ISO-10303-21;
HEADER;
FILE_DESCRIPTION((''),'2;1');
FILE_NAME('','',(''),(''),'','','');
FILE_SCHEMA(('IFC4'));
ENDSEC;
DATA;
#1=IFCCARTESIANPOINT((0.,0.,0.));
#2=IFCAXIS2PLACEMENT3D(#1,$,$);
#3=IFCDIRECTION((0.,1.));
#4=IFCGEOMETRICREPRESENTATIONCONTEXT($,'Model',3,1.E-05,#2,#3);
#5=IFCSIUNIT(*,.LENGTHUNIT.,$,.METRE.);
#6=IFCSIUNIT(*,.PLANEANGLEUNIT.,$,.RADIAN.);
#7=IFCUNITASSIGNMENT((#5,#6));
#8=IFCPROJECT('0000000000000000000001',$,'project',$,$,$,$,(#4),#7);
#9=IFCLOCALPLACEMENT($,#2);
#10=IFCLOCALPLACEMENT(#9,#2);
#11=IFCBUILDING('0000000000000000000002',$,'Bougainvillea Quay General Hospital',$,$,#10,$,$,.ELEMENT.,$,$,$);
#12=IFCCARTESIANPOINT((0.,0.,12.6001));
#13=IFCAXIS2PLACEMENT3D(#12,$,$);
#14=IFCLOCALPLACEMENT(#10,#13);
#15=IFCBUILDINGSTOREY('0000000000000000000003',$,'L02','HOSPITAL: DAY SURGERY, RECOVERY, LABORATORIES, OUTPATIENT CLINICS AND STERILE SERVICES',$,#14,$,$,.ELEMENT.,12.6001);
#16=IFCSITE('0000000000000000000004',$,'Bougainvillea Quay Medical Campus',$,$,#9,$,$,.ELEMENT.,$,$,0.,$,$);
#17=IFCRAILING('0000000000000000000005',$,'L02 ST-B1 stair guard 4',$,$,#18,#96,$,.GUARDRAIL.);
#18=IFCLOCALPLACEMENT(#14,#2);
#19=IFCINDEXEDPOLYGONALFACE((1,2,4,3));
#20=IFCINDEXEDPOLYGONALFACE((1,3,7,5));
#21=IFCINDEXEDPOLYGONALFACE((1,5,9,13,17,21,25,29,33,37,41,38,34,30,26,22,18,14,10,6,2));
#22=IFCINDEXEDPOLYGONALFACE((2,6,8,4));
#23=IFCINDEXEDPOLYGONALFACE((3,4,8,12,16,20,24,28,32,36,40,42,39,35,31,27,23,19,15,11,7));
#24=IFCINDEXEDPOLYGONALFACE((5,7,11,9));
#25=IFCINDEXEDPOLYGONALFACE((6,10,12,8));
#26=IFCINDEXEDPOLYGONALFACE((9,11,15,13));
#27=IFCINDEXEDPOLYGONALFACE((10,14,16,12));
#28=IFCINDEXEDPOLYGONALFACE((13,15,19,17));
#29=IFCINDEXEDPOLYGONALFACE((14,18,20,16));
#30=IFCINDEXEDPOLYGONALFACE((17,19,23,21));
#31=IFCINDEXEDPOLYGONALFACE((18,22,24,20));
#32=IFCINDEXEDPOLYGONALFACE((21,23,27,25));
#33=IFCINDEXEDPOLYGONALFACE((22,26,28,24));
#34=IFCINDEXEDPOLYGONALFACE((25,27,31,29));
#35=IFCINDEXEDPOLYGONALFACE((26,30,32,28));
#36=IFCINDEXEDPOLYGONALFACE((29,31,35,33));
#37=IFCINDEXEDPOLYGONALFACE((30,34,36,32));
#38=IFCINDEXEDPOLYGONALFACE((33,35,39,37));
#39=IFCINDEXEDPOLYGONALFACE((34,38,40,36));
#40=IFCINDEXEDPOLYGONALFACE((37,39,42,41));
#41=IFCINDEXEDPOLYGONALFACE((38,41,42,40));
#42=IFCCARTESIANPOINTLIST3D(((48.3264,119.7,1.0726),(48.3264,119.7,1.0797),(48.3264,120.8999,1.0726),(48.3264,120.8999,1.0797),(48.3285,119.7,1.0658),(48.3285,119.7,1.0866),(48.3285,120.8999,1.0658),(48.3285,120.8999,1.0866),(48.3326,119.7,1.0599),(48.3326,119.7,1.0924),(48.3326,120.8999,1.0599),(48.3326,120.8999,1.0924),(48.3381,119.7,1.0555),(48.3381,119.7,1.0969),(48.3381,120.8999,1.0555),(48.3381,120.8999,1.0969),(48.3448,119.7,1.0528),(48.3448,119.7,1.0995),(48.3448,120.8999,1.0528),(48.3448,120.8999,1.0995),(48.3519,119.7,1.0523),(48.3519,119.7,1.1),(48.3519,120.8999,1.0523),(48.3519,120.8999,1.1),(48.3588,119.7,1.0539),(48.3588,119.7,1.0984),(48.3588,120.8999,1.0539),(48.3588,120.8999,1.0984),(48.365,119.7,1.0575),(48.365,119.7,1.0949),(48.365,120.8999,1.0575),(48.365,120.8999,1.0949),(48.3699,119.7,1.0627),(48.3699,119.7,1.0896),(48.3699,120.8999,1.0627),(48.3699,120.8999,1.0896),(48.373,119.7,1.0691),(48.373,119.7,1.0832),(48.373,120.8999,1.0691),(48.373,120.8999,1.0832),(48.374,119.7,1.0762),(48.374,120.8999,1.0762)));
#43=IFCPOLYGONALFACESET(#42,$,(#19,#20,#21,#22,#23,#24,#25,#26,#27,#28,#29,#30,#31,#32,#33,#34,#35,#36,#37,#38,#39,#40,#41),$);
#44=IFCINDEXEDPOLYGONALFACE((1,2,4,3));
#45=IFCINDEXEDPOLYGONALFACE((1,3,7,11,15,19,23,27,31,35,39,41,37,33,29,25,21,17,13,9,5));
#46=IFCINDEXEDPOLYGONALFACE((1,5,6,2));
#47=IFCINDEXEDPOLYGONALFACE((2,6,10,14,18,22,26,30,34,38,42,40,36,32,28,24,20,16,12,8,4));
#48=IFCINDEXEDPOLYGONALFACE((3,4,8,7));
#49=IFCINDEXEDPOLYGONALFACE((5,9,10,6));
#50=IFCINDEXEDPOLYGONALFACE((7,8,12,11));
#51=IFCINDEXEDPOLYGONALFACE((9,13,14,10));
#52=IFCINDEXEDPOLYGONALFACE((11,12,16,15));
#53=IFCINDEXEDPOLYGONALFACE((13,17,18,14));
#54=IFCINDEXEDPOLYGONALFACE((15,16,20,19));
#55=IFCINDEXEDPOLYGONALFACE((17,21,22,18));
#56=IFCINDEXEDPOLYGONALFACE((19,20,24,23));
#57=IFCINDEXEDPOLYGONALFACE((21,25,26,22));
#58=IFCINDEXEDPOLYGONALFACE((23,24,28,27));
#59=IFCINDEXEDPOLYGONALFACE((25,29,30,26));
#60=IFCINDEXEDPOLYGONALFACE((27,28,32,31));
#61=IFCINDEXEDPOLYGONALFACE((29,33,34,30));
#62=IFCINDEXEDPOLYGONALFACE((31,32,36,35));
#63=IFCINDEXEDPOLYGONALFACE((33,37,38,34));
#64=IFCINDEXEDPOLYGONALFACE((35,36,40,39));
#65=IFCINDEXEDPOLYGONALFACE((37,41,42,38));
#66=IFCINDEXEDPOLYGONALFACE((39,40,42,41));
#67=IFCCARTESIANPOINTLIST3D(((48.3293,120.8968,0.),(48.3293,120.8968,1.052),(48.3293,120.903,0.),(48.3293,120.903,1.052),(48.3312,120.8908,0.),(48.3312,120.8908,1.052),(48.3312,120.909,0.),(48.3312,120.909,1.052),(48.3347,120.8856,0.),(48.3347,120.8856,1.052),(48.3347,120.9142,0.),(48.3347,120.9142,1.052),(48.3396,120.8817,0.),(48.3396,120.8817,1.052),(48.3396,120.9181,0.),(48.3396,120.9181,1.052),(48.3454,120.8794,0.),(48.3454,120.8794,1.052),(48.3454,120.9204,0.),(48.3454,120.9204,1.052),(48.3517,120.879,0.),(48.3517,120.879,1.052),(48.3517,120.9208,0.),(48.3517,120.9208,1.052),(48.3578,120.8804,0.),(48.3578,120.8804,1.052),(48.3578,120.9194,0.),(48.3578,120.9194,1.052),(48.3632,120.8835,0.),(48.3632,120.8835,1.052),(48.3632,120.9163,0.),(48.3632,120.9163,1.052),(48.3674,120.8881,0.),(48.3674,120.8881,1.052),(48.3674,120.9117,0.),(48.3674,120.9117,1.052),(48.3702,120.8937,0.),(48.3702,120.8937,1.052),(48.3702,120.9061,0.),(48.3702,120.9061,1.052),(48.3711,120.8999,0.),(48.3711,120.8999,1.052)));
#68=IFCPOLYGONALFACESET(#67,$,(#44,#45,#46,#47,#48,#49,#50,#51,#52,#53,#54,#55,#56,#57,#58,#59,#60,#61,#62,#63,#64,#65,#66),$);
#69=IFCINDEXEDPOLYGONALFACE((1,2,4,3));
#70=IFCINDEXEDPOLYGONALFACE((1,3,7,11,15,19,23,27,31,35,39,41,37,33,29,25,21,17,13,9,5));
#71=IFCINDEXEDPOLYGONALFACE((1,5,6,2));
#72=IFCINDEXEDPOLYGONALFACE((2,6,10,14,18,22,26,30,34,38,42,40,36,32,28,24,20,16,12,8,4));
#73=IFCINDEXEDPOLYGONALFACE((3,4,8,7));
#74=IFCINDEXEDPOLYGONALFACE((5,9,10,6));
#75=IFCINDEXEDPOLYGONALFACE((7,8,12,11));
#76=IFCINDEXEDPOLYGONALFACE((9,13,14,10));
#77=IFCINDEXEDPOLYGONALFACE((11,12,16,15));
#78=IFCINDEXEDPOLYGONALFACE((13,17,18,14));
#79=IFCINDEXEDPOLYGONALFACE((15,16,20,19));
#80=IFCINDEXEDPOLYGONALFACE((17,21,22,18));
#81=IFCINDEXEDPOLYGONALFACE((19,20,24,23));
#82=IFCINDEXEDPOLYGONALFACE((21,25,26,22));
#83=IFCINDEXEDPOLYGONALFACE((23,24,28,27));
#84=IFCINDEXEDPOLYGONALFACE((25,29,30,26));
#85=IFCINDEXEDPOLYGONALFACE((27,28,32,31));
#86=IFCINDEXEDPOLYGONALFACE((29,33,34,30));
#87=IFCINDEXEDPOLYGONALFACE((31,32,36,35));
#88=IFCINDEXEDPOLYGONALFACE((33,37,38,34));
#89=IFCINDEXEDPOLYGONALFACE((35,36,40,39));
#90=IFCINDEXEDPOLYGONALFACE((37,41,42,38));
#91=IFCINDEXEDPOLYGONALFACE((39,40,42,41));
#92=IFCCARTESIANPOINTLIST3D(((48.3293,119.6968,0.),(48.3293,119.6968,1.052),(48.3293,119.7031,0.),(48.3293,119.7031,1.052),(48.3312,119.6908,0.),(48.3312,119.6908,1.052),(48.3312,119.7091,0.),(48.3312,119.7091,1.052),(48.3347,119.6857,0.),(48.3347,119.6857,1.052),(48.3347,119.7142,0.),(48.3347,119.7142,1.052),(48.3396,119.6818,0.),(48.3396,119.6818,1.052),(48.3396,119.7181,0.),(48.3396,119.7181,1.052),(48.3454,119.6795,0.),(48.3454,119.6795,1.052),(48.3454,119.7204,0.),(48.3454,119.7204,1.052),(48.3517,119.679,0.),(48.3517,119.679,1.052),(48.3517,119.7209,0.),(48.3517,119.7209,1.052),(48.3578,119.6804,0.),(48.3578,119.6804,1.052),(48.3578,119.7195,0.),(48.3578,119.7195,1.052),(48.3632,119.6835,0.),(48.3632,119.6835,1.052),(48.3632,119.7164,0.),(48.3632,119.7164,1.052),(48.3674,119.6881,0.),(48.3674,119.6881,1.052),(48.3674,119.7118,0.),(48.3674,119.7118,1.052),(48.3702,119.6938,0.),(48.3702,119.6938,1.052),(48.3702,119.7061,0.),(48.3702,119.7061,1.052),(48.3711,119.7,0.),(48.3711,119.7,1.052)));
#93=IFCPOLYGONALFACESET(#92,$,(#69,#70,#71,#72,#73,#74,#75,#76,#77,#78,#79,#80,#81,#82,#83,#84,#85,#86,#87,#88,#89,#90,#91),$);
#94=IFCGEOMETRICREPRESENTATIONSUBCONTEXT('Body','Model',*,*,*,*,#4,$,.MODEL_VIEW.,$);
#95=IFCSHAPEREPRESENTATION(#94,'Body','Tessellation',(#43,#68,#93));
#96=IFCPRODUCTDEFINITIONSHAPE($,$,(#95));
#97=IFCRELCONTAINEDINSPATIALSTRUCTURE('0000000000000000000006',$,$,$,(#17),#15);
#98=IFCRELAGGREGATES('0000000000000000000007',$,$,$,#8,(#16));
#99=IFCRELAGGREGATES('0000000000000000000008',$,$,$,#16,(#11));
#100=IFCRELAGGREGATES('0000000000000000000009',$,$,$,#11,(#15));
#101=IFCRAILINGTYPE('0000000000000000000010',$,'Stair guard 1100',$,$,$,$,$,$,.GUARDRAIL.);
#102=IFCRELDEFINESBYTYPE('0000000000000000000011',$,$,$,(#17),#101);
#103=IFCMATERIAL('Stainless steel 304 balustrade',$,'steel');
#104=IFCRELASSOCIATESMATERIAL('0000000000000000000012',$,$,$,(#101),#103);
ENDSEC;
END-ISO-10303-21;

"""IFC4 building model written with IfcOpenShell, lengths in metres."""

from ifc_helpers import new_model, si_unit, direction, frame, origin, origin_2d, place, context, subcontext, project, spatial, circle, extrude, material, type_object, element, save


model = new_model("IFC4")

# Units and contexts
model_context = context("Model", 3, precision=1e-05, world=origin(), true_north=direction((0.0, 1.0)))
body_context = subcontext(model_context, "Body", "Model", "MODEL_VIEW")
ifc_project = project(units=[si_unit("LENGTHUNIT", "METRE"), si_unit("PLANEANGLEUNIT", "RADIAN")], contexts=[model_context])

# Site, building, storey
site_placement = place(None, origin())
site = spatial("IfcSite", under=ifc_project, at=site_placement, Name="Bougainvillea Quay Medical Campus", CompositionType="ELEMENT", RefElevation=0.0)
building_placement = place(site_placement, origin())
building = spatial("IfcBuilding", under=site, at=building_placement, Name="Bougainvillea Quay General Hospital", CompositionType="ELEMENT")
storey_placement = place(building_placement, frame((0.0, 0.0, 12.6001)))
storey = spatial("IfcBuildingStorey", under=building, at=storey_placement, Name="L02", Description="HOSPITAL: DAY SURGERY, RECOVERY, LABORATORIES, OUTPATIENT CLINICS AND STERILE SERVICES", CompositionType="ELEMENT", Elevation=12.6001)

# Railing
ifc_material_1 = material(Name="Stainless steel 304 balustrade", Category="steel")
railing_type = type_object("IfcRailingType", Name="Stair guard 1100", PredefinedType="GUARDRAIL", material=ifc_material_1)
railing_placement = place(storey_placement, frame((48.3501, 120.8999, 0.0)))
element("IfcRailing", 1, at=railing_placement, inside=storey, type_object=railing_type, Name="L02 ST-B1 stair guard 4", PredefinedType="GUARDRAIL", context=body_context, shape_type="SweptSolid", body=[
    extrude(circle(Radius=0.0239, at=origin_2d()), frame((0.0, 0.0, 1.0762), z_axis=(0.0, -1.0, 0.0), x_axis=(1.0, 0.0, 0.0)), (0.0, 0.0, 1.0), 1.2),
    extrude(circle(Radius=0.021, at=origin_2d()), origin(), (0.0, 0.0, 1.0), 1.052),
    extrude(circle(Radius=0.021, at=origin_2d()), frame((0.0, -1.2, 0.0)), (0.0, 0.0, 1.0), 1.052),
])

save(model, "model.ifc")
